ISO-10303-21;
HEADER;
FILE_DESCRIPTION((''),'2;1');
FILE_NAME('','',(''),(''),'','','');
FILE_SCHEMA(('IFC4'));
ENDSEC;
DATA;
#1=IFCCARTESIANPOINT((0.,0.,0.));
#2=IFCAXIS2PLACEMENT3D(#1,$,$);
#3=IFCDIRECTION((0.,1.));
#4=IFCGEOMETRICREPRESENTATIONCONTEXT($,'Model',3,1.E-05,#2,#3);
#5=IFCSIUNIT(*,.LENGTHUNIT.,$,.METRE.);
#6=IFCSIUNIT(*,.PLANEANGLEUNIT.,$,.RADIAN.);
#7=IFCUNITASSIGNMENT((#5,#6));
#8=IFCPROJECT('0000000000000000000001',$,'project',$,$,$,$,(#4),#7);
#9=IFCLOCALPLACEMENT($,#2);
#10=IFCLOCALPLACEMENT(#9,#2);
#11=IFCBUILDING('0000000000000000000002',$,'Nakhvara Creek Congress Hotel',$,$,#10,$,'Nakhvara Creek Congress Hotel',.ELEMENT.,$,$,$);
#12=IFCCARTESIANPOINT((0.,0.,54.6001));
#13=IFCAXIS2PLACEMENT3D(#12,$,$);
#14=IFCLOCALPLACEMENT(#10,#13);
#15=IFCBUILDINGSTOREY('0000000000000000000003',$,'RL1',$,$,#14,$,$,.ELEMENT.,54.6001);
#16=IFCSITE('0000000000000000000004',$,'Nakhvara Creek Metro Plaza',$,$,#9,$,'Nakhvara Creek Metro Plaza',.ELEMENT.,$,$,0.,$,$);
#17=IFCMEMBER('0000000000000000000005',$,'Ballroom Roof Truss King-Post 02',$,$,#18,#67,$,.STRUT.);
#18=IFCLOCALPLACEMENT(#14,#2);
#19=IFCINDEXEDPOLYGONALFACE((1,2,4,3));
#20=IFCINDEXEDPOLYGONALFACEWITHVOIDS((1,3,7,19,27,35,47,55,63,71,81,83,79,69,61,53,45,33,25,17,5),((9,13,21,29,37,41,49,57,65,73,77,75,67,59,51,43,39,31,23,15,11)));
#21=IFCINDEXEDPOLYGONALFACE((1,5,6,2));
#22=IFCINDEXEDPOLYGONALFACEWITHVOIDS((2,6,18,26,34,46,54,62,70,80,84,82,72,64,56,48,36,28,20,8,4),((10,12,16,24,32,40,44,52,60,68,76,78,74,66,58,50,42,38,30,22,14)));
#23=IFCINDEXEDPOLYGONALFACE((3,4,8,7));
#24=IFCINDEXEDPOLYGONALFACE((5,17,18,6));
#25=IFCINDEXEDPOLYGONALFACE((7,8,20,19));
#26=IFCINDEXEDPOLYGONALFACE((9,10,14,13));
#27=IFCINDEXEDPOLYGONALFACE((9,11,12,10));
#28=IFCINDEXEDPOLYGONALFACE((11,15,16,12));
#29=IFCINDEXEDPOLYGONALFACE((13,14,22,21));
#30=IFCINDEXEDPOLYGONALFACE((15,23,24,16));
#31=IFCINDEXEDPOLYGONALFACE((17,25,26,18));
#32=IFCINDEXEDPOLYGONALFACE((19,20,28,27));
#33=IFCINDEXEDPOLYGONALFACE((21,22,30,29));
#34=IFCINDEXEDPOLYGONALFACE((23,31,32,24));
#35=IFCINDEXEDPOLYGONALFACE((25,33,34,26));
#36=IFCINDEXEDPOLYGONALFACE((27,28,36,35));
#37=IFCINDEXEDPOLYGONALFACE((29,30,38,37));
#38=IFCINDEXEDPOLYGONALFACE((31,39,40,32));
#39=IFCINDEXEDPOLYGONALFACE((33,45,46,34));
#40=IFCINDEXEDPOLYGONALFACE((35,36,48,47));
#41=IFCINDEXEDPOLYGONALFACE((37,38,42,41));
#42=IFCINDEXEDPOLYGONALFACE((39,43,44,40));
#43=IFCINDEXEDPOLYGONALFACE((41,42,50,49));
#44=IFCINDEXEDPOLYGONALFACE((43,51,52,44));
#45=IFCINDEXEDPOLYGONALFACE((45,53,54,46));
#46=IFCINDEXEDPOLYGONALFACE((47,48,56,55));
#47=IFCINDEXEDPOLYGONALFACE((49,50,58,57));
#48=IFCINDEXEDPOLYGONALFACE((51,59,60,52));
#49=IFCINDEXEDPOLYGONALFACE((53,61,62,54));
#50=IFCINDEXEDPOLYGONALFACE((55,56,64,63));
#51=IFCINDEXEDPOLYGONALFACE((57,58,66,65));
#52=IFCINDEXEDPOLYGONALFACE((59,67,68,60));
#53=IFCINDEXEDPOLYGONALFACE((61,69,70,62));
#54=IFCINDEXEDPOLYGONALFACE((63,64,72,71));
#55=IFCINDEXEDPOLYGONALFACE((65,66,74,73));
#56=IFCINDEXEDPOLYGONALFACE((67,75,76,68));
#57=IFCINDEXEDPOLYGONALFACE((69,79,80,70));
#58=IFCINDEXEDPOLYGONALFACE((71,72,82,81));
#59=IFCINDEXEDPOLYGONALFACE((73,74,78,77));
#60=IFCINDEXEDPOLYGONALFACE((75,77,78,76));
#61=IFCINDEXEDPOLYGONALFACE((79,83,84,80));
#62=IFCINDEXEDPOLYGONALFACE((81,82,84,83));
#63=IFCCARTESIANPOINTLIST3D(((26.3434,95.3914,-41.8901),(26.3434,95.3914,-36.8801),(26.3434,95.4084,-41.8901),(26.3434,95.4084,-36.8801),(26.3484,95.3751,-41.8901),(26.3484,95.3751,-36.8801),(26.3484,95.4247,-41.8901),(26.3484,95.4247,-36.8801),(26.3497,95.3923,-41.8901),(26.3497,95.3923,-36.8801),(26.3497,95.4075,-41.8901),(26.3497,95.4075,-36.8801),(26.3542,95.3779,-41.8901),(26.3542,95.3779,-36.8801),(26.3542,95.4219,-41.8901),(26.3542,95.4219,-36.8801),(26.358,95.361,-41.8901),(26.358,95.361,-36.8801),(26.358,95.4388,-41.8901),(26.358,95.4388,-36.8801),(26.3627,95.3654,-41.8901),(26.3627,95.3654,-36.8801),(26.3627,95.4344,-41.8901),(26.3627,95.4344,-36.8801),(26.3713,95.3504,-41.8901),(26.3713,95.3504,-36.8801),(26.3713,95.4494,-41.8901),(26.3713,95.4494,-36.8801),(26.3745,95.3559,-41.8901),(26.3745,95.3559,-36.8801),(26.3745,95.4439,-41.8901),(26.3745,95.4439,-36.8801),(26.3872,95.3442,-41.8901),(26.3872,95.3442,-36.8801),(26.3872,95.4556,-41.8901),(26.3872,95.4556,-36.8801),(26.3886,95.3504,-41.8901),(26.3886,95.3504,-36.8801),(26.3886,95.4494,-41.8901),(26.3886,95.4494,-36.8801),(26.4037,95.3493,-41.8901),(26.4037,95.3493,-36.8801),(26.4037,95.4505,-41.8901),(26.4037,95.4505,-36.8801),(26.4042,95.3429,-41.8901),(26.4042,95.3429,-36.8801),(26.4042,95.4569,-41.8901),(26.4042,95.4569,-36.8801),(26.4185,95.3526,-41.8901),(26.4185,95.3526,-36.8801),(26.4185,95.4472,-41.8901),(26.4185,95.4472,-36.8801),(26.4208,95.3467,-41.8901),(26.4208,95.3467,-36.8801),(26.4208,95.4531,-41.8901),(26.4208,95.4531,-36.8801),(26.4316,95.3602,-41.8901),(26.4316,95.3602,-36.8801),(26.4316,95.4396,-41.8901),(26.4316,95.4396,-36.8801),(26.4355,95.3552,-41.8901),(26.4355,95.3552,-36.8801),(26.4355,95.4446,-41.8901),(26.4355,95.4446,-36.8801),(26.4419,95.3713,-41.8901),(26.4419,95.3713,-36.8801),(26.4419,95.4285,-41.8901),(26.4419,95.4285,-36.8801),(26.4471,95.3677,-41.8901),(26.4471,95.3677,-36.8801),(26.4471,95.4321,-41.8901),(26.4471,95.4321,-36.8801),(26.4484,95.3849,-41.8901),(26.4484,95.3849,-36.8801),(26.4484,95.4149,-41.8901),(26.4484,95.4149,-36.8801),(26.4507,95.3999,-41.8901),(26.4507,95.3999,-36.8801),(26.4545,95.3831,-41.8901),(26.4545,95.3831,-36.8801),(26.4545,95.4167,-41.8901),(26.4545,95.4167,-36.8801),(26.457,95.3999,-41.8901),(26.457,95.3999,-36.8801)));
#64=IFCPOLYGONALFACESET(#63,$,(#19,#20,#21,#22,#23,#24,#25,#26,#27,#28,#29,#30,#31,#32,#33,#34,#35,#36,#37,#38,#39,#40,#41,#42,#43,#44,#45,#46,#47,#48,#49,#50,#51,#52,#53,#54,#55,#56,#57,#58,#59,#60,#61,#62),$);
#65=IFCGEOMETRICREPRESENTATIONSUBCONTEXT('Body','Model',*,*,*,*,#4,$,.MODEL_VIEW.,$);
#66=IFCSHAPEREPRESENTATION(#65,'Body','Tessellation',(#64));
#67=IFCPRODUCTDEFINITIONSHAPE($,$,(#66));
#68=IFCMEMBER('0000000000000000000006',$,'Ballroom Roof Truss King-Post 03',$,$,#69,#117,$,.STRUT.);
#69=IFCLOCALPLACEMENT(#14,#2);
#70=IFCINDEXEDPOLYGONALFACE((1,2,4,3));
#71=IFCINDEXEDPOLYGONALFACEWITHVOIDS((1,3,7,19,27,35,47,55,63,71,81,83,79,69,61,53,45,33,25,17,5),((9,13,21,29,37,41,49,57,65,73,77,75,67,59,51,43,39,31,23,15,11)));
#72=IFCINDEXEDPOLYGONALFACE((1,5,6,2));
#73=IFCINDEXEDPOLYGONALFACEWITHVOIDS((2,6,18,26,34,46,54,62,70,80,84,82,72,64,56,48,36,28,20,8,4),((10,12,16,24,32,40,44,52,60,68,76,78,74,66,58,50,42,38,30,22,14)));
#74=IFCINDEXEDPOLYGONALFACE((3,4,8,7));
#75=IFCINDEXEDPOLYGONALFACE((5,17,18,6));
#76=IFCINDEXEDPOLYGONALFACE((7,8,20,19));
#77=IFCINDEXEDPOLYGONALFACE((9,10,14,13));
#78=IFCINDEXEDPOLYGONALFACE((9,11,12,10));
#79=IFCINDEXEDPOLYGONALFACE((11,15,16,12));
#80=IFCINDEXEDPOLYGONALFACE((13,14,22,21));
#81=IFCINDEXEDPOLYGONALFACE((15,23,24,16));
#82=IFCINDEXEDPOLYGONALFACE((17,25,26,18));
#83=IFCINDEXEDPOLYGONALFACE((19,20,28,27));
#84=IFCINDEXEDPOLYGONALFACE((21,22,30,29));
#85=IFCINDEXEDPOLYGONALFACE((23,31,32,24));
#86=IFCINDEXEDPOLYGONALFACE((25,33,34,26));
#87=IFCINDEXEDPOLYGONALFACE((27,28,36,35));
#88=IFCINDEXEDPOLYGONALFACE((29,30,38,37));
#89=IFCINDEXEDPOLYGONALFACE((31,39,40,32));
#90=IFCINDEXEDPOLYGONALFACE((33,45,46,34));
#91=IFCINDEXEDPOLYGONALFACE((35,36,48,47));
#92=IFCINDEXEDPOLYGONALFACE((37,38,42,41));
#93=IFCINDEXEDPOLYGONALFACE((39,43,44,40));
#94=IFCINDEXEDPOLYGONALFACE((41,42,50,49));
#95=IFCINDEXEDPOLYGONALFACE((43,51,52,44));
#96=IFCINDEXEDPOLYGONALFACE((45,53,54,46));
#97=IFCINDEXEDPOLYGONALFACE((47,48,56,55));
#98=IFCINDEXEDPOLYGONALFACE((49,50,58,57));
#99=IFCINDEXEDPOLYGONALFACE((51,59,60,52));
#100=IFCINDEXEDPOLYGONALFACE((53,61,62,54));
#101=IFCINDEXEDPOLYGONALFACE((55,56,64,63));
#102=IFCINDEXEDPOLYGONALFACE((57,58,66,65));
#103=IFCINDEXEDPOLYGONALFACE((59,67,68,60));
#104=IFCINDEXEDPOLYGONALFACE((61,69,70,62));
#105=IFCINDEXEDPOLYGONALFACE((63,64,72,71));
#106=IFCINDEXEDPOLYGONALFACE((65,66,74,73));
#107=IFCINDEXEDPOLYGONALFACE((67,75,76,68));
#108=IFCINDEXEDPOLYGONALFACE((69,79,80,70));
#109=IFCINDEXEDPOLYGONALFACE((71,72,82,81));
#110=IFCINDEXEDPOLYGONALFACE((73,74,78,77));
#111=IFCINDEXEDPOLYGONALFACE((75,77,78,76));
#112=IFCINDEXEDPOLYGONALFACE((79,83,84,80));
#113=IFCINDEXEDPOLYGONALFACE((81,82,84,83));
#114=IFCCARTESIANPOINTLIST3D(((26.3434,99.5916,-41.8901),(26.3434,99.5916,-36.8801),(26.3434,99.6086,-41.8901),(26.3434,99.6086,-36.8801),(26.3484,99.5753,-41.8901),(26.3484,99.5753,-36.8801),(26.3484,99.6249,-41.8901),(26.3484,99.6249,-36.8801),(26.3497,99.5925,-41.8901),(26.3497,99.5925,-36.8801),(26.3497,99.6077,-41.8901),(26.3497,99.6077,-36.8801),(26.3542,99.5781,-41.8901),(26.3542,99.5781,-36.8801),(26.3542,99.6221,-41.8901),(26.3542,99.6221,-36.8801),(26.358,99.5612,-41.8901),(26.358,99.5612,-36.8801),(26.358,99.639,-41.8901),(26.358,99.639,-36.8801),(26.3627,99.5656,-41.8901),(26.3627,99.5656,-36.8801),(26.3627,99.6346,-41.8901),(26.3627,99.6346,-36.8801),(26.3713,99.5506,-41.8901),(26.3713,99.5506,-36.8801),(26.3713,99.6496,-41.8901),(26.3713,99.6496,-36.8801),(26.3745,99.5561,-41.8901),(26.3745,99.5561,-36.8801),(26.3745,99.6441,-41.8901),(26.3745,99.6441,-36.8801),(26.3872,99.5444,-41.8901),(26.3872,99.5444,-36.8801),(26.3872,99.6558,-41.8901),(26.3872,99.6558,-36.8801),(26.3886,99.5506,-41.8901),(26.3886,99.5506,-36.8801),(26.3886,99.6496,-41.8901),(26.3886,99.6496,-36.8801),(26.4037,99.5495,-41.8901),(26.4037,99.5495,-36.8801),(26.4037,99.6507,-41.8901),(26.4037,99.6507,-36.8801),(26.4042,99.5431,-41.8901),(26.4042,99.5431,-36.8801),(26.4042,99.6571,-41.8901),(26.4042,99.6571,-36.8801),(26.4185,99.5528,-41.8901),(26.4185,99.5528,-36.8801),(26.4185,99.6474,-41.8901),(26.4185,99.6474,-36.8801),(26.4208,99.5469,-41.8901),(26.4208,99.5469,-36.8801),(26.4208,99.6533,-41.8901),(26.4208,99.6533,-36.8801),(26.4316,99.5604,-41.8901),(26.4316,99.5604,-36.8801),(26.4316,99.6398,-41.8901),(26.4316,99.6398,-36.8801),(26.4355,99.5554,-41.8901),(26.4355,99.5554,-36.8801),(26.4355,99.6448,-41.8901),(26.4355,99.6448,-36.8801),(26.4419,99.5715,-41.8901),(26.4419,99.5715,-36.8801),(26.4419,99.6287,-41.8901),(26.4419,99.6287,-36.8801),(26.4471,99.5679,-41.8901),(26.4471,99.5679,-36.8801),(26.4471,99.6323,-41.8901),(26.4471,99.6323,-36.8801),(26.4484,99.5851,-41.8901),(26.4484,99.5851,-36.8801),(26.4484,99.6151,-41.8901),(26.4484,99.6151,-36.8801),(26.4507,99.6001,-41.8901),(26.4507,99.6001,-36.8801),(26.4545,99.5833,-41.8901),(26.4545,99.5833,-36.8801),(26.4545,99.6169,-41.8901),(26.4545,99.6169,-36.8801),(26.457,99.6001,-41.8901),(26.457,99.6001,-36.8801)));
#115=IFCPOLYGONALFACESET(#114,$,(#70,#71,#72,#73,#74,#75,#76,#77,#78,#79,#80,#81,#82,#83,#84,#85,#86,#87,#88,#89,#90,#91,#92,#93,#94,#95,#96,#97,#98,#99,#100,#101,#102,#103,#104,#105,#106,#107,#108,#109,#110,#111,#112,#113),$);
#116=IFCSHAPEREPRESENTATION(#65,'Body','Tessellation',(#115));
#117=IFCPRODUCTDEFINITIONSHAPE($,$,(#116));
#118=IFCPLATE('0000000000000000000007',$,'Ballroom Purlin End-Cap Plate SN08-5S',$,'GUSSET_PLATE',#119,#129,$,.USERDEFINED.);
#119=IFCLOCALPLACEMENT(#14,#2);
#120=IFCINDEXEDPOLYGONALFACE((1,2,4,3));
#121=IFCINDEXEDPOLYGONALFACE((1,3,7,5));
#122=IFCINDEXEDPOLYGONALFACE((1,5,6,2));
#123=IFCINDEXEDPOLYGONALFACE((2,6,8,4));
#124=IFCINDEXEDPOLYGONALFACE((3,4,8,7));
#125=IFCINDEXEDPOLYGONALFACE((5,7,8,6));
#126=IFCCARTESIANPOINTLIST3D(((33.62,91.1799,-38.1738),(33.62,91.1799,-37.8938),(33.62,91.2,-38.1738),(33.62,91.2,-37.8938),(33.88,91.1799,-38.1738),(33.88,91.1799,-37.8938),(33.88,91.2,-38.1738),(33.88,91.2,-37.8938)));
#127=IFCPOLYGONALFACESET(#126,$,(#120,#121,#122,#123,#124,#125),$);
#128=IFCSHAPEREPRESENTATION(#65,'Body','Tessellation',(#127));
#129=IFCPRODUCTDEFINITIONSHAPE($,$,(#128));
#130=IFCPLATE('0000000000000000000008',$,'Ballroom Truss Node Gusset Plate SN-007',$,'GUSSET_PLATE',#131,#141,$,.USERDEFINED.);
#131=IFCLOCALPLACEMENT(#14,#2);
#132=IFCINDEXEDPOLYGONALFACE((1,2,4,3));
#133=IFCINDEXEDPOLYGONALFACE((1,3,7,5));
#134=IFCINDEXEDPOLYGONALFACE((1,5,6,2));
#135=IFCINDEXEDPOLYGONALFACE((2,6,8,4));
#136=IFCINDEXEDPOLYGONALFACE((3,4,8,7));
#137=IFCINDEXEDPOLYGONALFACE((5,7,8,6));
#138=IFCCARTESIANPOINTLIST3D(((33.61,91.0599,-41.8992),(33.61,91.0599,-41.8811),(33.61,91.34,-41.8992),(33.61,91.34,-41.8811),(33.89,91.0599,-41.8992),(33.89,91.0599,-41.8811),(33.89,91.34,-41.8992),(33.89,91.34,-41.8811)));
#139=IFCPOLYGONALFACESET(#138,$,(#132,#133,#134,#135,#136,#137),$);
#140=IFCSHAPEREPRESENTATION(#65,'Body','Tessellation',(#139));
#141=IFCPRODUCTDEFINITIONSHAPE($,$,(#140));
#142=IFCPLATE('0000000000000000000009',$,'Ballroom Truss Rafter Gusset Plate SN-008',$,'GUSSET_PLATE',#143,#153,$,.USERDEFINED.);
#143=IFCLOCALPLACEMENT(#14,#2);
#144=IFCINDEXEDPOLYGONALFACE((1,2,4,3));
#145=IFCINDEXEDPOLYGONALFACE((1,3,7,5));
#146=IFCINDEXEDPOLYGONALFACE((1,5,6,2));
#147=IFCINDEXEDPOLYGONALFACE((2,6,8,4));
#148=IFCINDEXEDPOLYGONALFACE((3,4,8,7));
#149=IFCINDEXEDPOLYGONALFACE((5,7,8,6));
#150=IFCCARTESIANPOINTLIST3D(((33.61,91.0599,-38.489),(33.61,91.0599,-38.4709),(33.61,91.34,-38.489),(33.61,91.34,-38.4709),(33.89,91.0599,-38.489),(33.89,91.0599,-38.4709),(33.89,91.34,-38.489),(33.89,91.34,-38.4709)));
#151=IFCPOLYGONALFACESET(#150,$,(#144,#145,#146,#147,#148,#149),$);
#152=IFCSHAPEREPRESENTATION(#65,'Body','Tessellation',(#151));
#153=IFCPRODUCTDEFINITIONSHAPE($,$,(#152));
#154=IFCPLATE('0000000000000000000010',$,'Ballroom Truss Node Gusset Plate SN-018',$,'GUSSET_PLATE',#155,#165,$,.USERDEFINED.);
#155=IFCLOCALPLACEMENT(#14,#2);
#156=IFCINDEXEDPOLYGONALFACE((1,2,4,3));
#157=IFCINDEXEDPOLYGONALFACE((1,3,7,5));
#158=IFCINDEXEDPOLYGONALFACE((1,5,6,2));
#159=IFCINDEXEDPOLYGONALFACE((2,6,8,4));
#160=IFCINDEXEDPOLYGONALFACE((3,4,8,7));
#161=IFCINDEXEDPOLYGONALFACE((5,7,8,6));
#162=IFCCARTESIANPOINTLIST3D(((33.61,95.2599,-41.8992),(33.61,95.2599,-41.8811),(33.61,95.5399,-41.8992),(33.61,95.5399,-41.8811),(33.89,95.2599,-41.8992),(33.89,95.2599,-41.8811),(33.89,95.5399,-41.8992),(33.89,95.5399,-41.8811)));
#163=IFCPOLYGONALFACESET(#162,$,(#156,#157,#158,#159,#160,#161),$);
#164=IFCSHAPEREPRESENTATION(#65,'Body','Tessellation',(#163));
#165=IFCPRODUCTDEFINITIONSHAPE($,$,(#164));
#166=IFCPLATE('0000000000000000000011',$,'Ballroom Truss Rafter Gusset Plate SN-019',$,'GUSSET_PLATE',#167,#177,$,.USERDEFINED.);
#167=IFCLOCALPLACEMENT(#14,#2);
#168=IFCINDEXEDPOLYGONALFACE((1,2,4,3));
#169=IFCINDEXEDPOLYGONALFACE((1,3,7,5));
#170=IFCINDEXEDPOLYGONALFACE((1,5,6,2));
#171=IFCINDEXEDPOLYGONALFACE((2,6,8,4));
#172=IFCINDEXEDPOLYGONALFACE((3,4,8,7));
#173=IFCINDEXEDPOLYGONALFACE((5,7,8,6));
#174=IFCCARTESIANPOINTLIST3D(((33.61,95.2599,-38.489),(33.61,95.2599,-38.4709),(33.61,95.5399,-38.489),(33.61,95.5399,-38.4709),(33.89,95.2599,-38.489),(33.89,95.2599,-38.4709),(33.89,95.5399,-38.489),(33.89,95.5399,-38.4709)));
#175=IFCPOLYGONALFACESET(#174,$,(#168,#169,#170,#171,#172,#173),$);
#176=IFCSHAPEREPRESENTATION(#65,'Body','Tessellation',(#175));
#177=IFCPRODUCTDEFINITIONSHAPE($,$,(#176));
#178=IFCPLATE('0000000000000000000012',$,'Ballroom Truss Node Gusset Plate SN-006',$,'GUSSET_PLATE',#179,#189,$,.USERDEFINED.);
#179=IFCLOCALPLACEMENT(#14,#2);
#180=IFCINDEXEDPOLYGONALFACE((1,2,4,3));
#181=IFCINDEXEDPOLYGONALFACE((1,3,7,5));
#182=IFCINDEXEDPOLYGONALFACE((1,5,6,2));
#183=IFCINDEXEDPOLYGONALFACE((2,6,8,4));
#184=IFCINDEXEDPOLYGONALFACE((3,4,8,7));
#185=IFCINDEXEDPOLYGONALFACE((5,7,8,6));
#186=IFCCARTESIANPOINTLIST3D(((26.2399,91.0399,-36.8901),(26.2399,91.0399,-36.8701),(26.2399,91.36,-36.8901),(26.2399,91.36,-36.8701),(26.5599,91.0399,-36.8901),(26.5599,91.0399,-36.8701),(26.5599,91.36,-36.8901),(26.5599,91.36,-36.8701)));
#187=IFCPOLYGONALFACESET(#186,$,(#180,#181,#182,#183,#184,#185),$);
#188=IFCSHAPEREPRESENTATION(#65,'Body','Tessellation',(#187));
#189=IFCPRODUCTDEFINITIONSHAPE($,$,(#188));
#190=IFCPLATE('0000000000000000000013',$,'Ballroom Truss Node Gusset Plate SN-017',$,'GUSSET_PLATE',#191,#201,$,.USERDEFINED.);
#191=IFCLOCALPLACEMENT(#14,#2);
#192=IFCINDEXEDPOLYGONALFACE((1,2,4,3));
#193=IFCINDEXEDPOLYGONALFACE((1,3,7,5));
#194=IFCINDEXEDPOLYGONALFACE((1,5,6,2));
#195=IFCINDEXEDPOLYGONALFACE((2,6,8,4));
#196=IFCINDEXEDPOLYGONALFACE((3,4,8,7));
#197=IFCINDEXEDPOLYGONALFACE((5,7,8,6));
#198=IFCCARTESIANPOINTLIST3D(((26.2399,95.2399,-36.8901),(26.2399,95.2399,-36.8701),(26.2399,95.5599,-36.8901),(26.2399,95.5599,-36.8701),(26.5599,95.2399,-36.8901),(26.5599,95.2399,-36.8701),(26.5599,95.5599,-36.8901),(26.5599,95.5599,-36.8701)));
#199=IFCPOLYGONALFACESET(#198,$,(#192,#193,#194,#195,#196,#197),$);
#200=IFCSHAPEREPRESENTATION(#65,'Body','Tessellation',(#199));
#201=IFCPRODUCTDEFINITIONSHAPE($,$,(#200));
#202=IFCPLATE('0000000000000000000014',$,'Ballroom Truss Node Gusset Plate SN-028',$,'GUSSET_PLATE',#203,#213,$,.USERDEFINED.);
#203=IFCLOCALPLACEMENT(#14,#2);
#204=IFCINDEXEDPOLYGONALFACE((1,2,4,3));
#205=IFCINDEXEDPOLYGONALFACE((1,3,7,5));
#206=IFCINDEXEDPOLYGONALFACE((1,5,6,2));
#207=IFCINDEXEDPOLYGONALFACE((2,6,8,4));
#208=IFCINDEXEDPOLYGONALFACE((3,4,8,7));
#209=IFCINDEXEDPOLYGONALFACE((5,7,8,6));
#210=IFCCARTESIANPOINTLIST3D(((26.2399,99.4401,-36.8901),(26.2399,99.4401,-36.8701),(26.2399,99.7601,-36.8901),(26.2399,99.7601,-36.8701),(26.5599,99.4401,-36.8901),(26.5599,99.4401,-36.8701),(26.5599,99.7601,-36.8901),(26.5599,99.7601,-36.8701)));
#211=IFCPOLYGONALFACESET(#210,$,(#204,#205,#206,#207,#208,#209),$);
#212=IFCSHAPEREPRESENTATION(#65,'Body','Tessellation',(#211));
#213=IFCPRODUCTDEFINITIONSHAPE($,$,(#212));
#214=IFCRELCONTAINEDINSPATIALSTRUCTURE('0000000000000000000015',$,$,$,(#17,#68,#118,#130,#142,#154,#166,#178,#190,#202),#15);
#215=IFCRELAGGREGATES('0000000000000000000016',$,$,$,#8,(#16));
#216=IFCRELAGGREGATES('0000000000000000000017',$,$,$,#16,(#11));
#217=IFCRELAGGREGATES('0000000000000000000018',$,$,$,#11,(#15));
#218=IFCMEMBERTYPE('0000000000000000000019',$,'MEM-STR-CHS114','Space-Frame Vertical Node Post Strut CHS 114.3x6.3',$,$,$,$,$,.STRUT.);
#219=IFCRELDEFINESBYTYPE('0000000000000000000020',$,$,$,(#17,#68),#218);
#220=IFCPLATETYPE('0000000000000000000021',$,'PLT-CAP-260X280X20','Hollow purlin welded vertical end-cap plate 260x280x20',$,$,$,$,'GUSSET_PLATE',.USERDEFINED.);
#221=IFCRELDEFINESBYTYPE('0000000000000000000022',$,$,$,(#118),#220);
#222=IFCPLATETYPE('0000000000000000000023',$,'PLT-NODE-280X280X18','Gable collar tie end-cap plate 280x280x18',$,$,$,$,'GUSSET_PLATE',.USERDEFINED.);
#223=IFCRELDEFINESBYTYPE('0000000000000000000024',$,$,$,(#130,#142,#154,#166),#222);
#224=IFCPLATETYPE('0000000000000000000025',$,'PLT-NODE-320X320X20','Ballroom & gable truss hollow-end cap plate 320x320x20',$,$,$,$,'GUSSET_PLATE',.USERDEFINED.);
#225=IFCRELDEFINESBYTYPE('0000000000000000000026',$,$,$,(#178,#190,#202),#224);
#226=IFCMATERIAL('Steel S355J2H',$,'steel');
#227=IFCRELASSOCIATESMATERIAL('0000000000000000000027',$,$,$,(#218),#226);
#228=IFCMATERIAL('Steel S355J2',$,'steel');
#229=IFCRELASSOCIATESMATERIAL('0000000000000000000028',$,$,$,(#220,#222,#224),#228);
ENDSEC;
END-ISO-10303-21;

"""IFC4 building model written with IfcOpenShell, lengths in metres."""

from ifc_helpers import new_model, si_unit, direction, frame, origin, origin_2d, place, context, subcontext, project, spatial, rectangle, hollow_circle, extrude, material, material_profile, profile_set, type_object, element, save


model = new_model("IFC4")

# Units and contexts
model_context = context("Model", 3, precision=1e-05, world=origin(), true_north=direction((0.0, 1.0)))
body_context = subcontext(model_context, "Body", "Model", "MODEL_VIEW")
ifc_project = project(units=[si_unit("LENGTHUNIT", "METRE"), si_unit("PLANEANGLEUNIT", "RADIAN")], contexts=[model_context])

# Site, building, storey
site_placement = place(None, origin())
site = spatial("IfcSite", under=ifc_project, at=site_placement, Name="Nakhvara Creek Metro Plaza", LongName="Nakhvara Creek Metro Plaza", CompositionType="ELEMENT", RefElevation=0.0)
building_placement = place(site_placement, origin())
building = spatial("IfcBuilding", under=site, at=building_placement, Name="Nakhvara Creek Congress Hotel", LongName="Nakhvara Creek Congress Hotel", CompositionType="ELEMENT")
storey_placement = place(building_placement, frame((0.0, 0.0, 54.6001)))
storey = spatial("IfcBuildingStorey", under=building, at=storey_placement, Name="RL1", CompositionType="ELEMENT", Elevation=54.6001)

# Shared definitions
ifc_material_1 = material(Name="Steel S355J2", Category="steel")

# Members
ifc_material_2 = material(Name="Steel S355J2H", Category="steel")
ifc_material_profile_1 = material_profile(ifc_material_2, hollow_circle(Radius=0.0571, WallThickness=0.0063, at=origin_2d()), Name="CHS 114.3x6.3", Category="LoadBearing")
ifc_profile_set_1 = profile_set([ifc_material_profile_1], Name="Steel S355J2H")
member_type_1 = type_object("IfcMemberType", Name="MEM-STR-CHS114", Description="Space-Frame Vertical Node Post Strut CHS 114.3x6.3", PredefinedType="STRUT", material=ifc_profile_set_1)
for number, where, z_axis, x_axis, name in (
    (1, (26.3999, 95.3999, -41.8901), (0.0, 0.0, 1.0), (1.0, 0.0, 0.0), "Ballroom Roof Truss King-Post 02"),
    (2, (26.3999, 99.6001, -41.8901), (0.0, 0.0, 1.0), (1.0, 0.0, 0.0), "Ballroom Roof Truss King-Post 03"),
):
    element("IfcMember", number, at=place(storey_placement, frame(where, z_axis=z_axis, x_axis=x_axis)), inside=storey, type_object=member_type_1, Name=name, PredefinedType="STRUT", context=body_context, shape_type="SweptSolid", body=[
        extrude(hollow_circle(Radius=0.0571, WallThickness=0.0063, at=origin_2d()), origin(), (0.0, 0.0, 1.0), 5.01),
    ])

# Plates
plate_type_1 = type_object("IfcPlateType", Name="PLT-CAP-260X280X20", Description="Hollow purlin welded vertical end-cap plate 260x280x20", ElementType="GUSSET_PLATE", PredefinedType="USERDEFINED", material=ifc_material_1)
plate_placement = place(storey_placement, frame((33.75, 91.1899, -38.1738), z_axis=(0.0, 0.0, 1.0), x_axis=(1.0, 0.0, 0.0)))
element("IfcPlate", 3, at=plate_placement, inside=storey, type_object=plate_type_1, Name="Ballroom Purlin End-Cap Plate SN08-5S", ObjectType="GUSSET_PLATE", PredefinedType="USERDEFINED", context=body_context, shape_type="SweptSolid", body=[
    extrude(rectangle(XDim=0.26, YDim=0.02, at=origin_2d()), origin(), (0.0, 0.0, 1.0), 0.28),
])
plate_type_2 = type_object("IfcPlateType", Name="PLT-NODE-280X280X18", Description="Gable collar tie end-cap plate 280x280x18", ElementType="GUSSET_PLATE", PredefinedType="USERDEFINED", material=ifc_material_1)
for number, where, z_axis, x_axis, name in (
    (4, (33.75, 91.2, -41.8992), (0.0, 0.0, 1.0), (1.0, 0.0, 0.0), "Ballroom Truss Node Gusset Plate SN-007"),
    (5, (33.75, 91.2, -38.489), (0.0, 0.0, 1.0), (1.0, 0.0, 0.0), "Ballroom Truss Rafter Gusset Plate SN-008"),
    (6, (33.75, 95.3999, -41.8992), (0.0, 0.0, 1.0), (1.0, 0.0, 0.0), "Ballroom Truss Node Gusset Plate SN-018"),
    (7, (33.75, 95.3999, -38.489), (0.0, 0.0, 1.0), (1.0, 0.0, 0.0), "Ballroom Truss Rafter Gusset Plate SN-019"),
):
    element("IfcPlate", number, at=place(storey_placement, frame(where, z_axis=z_axis, x_axis=x_axis)), inside=storey, type_object=plate_type_2, Name=name, ObjectType="GUSSET_PLATE", PredefinedType="USERDEFINED", context=body_context, shape_type="SweptSolid", body=[
        extrude(rectangle(XDim=0.28, YDim=0.28, at=origin_2d()), origin(), (0.0, 0.0, 1.0), 0.0181),
    ])
plate_type_3 = type_object("IfcPlateType", Name="PLT-NODE-320X320X20", Description="Ballroom & gable truss hollow-end cap plate 320x320x20", ElementType="GUSSET_PLATE", PredefinedType="USERDEFINED", material=ifc_material_1)
for number, where, z_axis, x_axis, name in (
    (8, (26.3999, 91.2, -36.8901), (0.0, 0.0, 1.0), (1.0, 0.0, 0.0), "Ballroom Truss Node Gusset Plate SN-006"),
    (9, (26.3999, 95.3999, -36.8901), (0.0, 0.0, 1.0), (1.0, 0.0, 0.0), "Ballroom Truss Node Gusset Plate SN-017"),
    (10, (26.3999, 99.6001, -36.8901), (0.0, 0.0, 1.0), (1.0, 0.0, 0.0), "Ballroom Truss Node Gusset Plate SN-028"),
):
    element("IfcPlate", number, at=place(storey_placement, frame(where, z_axis=z_axis, x_axis=x_axis)), inside=storey, type_object=plate_type_3, Name=name, ObjectType="GUSSET_PLATE", PredefinedType="USERDEFINED", context=body_context, shape_type="SweptSolid", body=[
        extrude(rectangle(XDim=0.3201, YDim=0.3201, at=origin_2d()), origin(), (0.0, 0.0, 1.0), 0.02),
    ])

save(model, "model.ifc")
